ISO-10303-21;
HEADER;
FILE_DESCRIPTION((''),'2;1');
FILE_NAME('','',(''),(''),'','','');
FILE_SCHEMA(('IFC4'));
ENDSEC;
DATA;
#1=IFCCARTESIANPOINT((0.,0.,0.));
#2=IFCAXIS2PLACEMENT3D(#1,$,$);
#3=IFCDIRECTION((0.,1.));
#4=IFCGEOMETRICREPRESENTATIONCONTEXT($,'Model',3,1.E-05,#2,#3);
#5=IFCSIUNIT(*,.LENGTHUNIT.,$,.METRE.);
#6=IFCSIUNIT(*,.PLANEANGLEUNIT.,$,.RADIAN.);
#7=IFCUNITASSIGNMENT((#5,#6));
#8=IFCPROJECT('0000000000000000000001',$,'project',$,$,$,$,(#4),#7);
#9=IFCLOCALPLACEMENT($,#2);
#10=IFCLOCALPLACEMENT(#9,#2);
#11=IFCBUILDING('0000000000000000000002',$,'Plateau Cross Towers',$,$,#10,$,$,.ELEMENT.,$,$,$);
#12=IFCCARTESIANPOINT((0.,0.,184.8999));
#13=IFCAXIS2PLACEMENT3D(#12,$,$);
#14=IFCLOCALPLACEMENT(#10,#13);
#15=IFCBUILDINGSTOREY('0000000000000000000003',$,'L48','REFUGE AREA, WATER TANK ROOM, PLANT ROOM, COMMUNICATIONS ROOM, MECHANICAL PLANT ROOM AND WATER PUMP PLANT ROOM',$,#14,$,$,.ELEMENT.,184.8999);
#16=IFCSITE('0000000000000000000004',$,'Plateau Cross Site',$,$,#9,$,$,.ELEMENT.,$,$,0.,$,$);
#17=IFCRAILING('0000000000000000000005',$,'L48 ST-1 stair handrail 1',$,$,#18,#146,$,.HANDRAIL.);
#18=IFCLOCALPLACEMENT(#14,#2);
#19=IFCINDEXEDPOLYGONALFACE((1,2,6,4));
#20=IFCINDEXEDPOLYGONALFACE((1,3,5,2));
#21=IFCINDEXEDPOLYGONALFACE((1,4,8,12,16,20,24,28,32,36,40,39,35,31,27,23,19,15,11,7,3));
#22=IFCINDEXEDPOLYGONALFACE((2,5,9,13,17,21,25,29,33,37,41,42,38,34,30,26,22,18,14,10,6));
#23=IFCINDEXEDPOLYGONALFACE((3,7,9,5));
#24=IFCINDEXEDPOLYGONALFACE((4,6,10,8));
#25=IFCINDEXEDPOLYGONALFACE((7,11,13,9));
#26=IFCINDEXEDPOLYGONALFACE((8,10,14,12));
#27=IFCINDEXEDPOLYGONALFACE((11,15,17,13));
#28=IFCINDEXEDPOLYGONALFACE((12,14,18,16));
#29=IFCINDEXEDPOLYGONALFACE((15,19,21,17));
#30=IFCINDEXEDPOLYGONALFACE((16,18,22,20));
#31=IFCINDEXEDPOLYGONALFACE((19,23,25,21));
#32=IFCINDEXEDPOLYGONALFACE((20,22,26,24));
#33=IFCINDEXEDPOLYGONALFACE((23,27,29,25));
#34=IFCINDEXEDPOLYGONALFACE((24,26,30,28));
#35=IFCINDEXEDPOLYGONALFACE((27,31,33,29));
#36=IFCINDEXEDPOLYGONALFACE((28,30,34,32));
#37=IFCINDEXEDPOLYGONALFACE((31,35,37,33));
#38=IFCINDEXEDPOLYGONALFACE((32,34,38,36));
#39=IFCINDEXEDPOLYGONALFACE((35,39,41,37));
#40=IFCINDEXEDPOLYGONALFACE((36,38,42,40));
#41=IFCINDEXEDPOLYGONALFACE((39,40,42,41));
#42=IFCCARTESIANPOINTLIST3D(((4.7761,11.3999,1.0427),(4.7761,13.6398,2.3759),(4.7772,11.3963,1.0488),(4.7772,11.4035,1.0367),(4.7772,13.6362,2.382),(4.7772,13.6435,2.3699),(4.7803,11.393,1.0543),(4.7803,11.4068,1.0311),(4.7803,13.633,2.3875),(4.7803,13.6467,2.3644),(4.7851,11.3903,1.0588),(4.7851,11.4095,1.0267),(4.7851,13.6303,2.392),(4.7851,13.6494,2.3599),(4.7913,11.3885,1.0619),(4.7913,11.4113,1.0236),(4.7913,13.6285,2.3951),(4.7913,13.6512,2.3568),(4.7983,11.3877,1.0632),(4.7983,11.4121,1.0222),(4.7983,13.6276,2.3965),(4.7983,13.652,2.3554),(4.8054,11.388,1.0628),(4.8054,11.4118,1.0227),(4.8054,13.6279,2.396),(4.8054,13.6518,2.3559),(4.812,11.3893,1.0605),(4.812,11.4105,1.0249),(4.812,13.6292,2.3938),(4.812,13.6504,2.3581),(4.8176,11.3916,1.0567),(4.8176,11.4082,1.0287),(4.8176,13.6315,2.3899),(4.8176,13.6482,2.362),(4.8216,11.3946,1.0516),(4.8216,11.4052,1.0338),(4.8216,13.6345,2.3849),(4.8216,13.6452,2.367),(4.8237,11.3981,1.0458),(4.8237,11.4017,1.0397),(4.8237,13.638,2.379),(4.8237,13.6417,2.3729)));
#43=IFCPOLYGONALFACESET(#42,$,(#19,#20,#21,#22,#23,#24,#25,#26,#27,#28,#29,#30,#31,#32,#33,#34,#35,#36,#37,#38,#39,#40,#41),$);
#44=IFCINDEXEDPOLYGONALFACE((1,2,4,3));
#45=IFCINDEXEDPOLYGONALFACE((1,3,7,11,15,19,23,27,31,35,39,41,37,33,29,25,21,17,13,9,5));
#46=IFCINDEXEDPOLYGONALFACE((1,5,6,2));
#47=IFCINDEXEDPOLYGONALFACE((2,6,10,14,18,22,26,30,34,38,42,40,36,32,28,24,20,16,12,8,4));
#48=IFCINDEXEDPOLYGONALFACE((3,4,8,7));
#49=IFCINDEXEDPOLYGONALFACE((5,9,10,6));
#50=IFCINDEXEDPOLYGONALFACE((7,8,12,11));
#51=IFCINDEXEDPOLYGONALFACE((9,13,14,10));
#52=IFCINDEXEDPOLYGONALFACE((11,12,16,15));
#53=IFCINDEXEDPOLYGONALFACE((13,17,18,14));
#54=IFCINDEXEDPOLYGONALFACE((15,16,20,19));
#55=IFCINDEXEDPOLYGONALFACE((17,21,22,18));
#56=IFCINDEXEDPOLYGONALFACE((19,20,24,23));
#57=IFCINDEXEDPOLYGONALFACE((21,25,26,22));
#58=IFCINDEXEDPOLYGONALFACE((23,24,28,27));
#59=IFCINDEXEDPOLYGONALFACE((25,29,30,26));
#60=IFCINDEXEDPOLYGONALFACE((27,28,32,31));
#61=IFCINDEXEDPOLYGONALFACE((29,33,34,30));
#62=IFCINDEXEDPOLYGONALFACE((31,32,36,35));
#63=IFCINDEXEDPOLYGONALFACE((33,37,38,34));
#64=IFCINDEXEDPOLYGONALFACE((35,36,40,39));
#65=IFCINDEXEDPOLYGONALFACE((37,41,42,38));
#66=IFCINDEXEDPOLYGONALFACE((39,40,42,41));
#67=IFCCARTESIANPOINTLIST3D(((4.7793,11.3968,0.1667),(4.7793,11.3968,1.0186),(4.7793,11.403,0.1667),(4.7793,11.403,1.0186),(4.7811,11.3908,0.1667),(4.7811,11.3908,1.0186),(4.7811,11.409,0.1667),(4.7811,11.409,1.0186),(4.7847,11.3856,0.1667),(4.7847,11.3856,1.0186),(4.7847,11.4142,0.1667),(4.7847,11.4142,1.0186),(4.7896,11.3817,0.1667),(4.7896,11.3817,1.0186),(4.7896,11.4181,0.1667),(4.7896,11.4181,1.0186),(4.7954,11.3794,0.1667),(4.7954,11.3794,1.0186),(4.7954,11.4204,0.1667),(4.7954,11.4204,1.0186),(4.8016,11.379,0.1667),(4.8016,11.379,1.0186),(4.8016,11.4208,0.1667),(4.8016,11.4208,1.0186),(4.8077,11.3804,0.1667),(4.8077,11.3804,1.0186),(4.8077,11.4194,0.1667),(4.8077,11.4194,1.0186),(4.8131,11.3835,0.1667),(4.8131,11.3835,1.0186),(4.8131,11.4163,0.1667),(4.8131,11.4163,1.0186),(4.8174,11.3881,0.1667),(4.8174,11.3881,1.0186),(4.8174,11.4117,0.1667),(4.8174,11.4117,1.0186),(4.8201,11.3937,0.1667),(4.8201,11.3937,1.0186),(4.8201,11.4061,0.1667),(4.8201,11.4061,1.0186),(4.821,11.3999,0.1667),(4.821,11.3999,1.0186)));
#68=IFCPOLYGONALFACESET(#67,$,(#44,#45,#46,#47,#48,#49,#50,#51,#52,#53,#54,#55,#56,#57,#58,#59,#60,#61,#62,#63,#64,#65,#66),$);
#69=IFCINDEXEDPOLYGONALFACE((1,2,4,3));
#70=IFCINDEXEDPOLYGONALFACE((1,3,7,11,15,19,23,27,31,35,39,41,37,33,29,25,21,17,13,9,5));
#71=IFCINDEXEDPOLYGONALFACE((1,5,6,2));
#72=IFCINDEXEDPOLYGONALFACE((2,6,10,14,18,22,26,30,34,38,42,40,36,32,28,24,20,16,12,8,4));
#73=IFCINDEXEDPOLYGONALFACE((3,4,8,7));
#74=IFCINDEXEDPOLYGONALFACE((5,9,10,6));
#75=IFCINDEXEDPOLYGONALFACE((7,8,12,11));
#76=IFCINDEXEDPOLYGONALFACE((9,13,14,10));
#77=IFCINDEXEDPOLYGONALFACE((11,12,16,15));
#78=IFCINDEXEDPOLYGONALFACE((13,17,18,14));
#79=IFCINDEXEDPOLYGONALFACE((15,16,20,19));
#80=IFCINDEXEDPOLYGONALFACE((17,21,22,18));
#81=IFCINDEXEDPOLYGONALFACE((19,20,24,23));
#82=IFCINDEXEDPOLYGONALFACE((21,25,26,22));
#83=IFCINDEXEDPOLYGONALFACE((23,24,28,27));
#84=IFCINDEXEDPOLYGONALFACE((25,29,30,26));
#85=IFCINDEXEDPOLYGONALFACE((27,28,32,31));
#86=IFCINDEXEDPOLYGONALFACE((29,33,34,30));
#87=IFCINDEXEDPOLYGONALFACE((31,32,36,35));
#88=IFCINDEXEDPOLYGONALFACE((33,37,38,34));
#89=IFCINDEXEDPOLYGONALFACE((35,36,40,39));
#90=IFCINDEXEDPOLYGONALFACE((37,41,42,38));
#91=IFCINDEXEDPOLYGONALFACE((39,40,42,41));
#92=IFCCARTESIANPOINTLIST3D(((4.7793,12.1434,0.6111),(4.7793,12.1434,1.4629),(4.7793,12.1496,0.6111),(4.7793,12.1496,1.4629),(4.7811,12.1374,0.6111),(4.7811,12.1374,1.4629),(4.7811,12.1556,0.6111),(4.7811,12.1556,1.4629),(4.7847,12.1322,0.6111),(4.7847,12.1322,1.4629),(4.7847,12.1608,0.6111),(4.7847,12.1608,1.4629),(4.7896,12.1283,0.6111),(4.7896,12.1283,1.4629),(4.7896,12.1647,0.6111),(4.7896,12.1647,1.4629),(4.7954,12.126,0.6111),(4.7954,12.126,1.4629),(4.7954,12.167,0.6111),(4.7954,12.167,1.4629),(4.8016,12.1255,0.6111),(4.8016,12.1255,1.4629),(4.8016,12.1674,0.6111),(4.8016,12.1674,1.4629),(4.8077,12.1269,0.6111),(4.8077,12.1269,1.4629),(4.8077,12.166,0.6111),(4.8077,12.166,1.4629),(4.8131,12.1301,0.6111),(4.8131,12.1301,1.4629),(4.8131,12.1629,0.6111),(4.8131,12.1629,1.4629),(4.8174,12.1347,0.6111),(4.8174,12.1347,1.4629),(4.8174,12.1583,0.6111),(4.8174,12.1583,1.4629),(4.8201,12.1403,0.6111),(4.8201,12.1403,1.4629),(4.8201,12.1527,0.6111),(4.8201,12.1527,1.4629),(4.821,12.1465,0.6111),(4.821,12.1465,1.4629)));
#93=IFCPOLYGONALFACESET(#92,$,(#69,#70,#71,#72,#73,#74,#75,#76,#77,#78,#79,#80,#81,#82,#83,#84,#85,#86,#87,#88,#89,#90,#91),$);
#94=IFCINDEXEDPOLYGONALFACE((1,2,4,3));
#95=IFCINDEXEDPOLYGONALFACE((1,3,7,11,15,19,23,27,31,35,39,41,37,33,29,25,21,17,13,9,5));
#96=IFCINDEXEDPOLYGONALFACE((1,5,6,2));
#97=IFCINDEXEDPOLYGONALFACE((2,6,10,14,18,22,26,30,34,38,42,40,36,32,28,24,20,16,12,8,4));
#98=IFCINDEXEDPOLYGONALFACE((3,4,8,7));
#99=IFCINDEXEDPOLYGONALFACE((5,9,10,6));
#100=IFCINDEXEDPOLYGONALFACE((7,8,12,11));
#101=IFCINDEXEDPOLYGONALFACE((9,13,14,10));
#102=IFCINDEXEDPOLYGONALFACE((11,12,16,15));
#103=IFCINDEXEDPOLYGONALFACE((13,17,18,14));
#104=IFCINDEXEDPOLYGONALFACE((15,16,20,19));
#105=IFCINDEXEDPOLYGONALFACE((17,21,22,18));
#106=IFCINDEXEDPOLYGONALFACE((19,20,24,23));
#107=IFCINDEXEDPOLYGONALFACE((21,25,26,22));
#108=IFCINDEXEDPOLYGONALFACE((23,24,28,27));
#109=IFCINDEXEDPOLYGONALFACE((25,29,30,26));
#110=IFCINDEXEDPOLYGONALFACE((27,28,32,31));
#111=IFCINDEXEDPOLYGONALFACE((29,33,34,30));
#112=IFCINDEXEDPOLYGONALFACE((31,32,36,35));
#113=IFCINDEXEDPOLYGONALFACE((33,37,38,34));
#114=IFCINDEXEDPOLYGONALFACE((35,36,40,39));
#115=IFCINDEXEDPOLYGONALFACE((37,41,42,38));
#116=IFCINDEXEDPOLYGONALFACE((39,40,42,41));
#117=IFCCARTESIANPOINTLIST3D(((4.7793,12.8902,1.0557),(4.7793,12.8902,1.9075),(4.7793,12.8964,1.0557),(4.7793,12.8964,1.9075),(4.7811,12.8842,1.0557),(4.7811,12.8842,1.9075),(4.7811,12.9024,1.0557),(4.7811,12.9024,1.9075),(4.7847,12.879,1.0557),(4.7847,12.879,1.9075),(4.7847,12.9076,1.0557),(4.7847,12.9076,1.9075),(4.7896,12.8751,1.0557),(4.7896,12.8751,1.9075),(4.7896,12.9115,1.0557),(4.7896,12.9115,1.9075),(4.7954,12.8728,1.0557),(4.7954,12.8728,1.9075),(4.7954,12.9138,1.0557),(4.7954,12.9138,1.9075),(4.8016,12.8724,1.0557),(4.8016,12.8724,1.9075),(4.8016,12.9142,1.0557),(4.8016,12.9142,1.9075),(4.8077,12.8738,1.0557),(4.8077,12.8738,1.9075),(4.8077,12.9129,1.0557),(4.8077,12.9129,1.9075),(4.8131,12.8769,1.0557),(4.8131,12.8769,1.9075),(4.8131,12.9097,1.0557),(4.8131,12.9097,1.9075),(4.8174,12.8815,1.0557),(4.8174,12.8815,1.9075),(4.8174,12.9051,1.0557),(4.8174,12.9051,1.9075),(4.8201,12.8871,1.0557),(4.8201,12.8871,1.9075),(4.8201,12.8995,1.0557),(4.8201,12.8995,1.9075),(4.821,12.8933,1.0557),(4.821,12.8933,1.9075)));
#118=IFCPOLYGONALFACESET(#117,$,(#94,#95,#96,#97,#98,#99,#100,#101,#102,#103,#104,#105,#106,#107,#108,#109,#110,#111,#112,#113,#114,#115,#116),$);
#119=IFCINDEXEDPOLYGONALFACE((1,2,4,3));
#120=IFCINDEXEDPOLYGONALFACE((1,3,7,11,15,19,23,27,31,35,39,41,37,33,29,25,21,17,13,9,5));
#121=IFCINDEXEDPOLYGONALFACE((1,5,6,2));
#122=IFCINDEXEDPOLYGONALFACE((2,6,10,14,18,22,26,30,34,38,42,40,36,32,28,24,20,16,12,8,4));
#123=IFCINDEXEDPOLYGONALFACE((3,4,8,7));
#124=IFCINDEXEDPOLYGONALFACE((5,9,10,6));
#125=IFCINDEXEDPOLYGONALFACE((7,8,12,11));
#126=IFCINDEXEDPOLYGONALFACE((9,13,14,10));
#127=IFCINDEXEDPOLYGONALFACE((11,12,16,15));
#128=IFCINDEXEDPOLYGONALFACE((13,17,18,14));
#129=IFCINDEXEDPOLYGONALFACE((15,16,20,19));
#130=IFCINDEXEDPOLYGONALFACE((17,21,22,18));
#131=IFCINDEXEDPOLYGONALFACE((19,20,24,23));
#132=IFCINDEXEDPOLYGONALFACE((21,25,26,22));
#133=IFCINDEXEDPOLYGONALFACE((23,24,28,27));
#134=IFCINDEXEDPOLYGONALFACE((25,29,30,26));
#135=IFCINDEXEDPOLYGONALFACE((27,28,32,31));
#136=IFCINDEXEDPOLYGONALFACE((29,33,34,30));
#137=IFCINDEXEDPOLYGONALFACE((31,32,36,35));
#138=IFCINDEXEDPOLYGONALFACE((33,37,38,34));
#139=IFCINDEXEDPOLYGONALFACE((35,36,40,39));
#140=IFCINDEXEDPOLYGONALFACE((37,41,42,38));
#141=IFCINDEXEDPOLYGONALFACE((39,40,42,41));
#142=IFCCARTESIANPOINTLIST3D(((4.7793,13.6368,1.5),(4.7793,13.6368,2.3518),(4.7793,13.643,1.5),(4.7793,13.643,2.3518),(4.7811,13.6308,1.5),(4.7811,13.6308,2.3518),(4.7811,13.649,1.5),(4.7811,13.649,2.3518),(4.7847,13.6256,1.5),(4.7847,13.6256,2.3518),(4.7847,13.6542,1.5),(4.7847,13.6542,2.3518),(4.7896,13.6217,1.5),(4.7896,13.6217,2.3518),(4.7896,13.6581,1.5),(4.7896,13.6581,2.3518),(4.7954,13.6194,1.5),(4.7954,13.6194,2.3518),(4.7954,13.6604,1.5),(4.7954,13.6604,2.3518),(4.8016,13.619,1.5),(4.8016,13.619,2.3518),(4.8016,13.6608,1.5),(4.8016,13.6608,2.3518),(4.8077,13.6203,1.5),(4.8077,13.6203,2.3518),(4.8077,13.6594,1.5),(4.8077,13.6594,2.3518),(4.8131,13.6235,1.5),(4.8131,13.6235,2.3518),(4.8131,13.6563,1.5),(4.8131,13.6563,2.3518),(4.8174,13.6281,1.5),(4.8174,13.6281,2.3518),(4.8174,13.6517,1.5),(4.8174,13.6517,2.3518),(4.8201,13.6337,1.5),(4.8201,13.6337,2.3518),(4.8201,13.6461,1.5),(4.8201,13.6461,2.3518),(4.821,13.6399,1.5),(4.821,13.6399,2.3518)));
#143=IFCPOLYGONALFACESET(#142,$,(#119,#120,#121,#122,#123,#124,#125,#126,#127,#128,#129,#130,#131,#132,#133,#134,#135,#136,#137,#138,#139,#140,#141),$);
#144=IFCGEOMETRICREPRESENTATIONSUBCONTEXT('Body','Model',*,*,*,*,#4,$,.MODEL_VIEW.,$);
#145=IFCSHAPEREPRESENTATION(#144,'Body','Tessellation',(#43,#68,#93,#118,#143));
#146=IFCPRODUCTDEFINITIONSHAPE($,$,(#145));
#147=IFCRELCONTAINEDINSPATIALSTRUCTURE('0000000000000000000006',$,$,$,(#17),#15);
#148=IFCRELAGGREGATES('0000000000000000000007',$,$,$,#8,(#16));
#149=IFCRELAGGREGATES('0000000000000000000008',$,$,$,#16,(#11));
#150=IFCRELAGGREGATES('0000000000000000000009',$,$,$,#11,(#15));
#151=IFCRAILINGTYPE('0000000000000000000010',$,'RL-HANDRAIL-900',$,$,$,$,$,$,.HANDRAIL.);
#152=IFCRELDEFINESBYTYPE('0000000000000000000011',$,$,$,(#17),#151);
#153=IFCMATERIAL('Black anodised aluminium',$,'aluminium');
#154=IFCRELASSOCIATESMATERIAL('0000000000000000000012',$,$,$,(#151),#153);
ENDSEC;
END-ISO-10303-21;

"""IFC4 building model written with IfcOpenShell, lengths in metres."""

from ifc_helpers import new_model, si_unit, direction, frame, origin, origin_2d, place, context, subcontext, project, spatial, circle, extrude, material, type_object, element, save


model = new_model("IFC4")

# Units and contexts
model_context = context("Model", 3, precision=1e-05, world=origin(), true_north=direction((0.0, 1.0)))
body_context = subcontext(model_context, "Body", "Model", "MODEL_VIEW")
ifc_project = project(units=[si_unit("LENGTHUNIT", "METRE"), si_unit("PLANEANGLEUNIT", "RADIAN")], contexts=[model_context])

# Site, building, storey
site_placement = place(None, origin())
site = spatial("IfcSite", under=ifc_project, at=site_placement, Name="Plateau Cross Site", CompositionType="ELEMENT", RefElevation=0.0)
building_placement = place(site_placement, origin())
building = spatial("IfcBuilding", under=site, at=building_placement, Name="Plateau Cross Towers", CompositionType="ELEMENT")
storey_placement = place(building_placement, frame((0.0, 0.0, 184.8999)))
storey = spatial("IfcBuildingStorey", under=building, at=storey_placement, Name="L48", Description="REFUGE AREA, WATER TANK ROOM, PLANT ROOM, COMMUNICATIONS ROOM, MECHANICAL PLANT ROOM AND WATER PUMP PLANT ROOM", CompositionType="ELEMENT", Elevation=184.8999)

# Shared definitions
ifc_material_1 = material(Name="Black anodised aluminium", Category="aluminium")

# Railing
railing_type_1 = type_object("IfcRailingType", Name="RL-HANDRAIL-900", PredefinedType="HANDRAIL", material=ifc_material_1)
railing_1_placement = place(storey_placement, frame((4.8, 11.3999, 0.1667)))
element("IfcRailing", 1, at=railing_1_placement, inside=storey, type_object=railing_type_1, Name="L48 ST-1 stair handrail 1", PredefinedType="HANDRAIL", context=body_context, shape_type="SweptSolid", body=[
    extrude(circle(Radius=0.0239, at=origin_2d()), frame((0.0, 0.0, 0.876), z_axis=(0.0, 0.859306, 0.511462), x_axis=(-1.0, 0.0, 0.0)), (0.0, 0.0, 1.0), 2.6067),
    extrude(circle(Radius=0.021, at=origin_2d()), origin(), (0.0, 0.0, 1.0), 0.8518),
    extrude(circle(Radius=0.021, at=origin_2d()), frame((0.0, 0.7466, 0.4443)), (0.0, 0.0, 1.0), 0.8518),
    extrude(circle(Radius=0.021, at=origin_2d()), frame((0.0, 1.4934, 0.8889)), (0.0, 0.0, 1.0), 0.8518),
    extrude(circle(Radius=0.021, at=origin_2d()), frame((0.0, 2.24, 1.3333)), (0.0, 0.0, 1.0), 0.8518),
])

save(model, "model.ifc")
